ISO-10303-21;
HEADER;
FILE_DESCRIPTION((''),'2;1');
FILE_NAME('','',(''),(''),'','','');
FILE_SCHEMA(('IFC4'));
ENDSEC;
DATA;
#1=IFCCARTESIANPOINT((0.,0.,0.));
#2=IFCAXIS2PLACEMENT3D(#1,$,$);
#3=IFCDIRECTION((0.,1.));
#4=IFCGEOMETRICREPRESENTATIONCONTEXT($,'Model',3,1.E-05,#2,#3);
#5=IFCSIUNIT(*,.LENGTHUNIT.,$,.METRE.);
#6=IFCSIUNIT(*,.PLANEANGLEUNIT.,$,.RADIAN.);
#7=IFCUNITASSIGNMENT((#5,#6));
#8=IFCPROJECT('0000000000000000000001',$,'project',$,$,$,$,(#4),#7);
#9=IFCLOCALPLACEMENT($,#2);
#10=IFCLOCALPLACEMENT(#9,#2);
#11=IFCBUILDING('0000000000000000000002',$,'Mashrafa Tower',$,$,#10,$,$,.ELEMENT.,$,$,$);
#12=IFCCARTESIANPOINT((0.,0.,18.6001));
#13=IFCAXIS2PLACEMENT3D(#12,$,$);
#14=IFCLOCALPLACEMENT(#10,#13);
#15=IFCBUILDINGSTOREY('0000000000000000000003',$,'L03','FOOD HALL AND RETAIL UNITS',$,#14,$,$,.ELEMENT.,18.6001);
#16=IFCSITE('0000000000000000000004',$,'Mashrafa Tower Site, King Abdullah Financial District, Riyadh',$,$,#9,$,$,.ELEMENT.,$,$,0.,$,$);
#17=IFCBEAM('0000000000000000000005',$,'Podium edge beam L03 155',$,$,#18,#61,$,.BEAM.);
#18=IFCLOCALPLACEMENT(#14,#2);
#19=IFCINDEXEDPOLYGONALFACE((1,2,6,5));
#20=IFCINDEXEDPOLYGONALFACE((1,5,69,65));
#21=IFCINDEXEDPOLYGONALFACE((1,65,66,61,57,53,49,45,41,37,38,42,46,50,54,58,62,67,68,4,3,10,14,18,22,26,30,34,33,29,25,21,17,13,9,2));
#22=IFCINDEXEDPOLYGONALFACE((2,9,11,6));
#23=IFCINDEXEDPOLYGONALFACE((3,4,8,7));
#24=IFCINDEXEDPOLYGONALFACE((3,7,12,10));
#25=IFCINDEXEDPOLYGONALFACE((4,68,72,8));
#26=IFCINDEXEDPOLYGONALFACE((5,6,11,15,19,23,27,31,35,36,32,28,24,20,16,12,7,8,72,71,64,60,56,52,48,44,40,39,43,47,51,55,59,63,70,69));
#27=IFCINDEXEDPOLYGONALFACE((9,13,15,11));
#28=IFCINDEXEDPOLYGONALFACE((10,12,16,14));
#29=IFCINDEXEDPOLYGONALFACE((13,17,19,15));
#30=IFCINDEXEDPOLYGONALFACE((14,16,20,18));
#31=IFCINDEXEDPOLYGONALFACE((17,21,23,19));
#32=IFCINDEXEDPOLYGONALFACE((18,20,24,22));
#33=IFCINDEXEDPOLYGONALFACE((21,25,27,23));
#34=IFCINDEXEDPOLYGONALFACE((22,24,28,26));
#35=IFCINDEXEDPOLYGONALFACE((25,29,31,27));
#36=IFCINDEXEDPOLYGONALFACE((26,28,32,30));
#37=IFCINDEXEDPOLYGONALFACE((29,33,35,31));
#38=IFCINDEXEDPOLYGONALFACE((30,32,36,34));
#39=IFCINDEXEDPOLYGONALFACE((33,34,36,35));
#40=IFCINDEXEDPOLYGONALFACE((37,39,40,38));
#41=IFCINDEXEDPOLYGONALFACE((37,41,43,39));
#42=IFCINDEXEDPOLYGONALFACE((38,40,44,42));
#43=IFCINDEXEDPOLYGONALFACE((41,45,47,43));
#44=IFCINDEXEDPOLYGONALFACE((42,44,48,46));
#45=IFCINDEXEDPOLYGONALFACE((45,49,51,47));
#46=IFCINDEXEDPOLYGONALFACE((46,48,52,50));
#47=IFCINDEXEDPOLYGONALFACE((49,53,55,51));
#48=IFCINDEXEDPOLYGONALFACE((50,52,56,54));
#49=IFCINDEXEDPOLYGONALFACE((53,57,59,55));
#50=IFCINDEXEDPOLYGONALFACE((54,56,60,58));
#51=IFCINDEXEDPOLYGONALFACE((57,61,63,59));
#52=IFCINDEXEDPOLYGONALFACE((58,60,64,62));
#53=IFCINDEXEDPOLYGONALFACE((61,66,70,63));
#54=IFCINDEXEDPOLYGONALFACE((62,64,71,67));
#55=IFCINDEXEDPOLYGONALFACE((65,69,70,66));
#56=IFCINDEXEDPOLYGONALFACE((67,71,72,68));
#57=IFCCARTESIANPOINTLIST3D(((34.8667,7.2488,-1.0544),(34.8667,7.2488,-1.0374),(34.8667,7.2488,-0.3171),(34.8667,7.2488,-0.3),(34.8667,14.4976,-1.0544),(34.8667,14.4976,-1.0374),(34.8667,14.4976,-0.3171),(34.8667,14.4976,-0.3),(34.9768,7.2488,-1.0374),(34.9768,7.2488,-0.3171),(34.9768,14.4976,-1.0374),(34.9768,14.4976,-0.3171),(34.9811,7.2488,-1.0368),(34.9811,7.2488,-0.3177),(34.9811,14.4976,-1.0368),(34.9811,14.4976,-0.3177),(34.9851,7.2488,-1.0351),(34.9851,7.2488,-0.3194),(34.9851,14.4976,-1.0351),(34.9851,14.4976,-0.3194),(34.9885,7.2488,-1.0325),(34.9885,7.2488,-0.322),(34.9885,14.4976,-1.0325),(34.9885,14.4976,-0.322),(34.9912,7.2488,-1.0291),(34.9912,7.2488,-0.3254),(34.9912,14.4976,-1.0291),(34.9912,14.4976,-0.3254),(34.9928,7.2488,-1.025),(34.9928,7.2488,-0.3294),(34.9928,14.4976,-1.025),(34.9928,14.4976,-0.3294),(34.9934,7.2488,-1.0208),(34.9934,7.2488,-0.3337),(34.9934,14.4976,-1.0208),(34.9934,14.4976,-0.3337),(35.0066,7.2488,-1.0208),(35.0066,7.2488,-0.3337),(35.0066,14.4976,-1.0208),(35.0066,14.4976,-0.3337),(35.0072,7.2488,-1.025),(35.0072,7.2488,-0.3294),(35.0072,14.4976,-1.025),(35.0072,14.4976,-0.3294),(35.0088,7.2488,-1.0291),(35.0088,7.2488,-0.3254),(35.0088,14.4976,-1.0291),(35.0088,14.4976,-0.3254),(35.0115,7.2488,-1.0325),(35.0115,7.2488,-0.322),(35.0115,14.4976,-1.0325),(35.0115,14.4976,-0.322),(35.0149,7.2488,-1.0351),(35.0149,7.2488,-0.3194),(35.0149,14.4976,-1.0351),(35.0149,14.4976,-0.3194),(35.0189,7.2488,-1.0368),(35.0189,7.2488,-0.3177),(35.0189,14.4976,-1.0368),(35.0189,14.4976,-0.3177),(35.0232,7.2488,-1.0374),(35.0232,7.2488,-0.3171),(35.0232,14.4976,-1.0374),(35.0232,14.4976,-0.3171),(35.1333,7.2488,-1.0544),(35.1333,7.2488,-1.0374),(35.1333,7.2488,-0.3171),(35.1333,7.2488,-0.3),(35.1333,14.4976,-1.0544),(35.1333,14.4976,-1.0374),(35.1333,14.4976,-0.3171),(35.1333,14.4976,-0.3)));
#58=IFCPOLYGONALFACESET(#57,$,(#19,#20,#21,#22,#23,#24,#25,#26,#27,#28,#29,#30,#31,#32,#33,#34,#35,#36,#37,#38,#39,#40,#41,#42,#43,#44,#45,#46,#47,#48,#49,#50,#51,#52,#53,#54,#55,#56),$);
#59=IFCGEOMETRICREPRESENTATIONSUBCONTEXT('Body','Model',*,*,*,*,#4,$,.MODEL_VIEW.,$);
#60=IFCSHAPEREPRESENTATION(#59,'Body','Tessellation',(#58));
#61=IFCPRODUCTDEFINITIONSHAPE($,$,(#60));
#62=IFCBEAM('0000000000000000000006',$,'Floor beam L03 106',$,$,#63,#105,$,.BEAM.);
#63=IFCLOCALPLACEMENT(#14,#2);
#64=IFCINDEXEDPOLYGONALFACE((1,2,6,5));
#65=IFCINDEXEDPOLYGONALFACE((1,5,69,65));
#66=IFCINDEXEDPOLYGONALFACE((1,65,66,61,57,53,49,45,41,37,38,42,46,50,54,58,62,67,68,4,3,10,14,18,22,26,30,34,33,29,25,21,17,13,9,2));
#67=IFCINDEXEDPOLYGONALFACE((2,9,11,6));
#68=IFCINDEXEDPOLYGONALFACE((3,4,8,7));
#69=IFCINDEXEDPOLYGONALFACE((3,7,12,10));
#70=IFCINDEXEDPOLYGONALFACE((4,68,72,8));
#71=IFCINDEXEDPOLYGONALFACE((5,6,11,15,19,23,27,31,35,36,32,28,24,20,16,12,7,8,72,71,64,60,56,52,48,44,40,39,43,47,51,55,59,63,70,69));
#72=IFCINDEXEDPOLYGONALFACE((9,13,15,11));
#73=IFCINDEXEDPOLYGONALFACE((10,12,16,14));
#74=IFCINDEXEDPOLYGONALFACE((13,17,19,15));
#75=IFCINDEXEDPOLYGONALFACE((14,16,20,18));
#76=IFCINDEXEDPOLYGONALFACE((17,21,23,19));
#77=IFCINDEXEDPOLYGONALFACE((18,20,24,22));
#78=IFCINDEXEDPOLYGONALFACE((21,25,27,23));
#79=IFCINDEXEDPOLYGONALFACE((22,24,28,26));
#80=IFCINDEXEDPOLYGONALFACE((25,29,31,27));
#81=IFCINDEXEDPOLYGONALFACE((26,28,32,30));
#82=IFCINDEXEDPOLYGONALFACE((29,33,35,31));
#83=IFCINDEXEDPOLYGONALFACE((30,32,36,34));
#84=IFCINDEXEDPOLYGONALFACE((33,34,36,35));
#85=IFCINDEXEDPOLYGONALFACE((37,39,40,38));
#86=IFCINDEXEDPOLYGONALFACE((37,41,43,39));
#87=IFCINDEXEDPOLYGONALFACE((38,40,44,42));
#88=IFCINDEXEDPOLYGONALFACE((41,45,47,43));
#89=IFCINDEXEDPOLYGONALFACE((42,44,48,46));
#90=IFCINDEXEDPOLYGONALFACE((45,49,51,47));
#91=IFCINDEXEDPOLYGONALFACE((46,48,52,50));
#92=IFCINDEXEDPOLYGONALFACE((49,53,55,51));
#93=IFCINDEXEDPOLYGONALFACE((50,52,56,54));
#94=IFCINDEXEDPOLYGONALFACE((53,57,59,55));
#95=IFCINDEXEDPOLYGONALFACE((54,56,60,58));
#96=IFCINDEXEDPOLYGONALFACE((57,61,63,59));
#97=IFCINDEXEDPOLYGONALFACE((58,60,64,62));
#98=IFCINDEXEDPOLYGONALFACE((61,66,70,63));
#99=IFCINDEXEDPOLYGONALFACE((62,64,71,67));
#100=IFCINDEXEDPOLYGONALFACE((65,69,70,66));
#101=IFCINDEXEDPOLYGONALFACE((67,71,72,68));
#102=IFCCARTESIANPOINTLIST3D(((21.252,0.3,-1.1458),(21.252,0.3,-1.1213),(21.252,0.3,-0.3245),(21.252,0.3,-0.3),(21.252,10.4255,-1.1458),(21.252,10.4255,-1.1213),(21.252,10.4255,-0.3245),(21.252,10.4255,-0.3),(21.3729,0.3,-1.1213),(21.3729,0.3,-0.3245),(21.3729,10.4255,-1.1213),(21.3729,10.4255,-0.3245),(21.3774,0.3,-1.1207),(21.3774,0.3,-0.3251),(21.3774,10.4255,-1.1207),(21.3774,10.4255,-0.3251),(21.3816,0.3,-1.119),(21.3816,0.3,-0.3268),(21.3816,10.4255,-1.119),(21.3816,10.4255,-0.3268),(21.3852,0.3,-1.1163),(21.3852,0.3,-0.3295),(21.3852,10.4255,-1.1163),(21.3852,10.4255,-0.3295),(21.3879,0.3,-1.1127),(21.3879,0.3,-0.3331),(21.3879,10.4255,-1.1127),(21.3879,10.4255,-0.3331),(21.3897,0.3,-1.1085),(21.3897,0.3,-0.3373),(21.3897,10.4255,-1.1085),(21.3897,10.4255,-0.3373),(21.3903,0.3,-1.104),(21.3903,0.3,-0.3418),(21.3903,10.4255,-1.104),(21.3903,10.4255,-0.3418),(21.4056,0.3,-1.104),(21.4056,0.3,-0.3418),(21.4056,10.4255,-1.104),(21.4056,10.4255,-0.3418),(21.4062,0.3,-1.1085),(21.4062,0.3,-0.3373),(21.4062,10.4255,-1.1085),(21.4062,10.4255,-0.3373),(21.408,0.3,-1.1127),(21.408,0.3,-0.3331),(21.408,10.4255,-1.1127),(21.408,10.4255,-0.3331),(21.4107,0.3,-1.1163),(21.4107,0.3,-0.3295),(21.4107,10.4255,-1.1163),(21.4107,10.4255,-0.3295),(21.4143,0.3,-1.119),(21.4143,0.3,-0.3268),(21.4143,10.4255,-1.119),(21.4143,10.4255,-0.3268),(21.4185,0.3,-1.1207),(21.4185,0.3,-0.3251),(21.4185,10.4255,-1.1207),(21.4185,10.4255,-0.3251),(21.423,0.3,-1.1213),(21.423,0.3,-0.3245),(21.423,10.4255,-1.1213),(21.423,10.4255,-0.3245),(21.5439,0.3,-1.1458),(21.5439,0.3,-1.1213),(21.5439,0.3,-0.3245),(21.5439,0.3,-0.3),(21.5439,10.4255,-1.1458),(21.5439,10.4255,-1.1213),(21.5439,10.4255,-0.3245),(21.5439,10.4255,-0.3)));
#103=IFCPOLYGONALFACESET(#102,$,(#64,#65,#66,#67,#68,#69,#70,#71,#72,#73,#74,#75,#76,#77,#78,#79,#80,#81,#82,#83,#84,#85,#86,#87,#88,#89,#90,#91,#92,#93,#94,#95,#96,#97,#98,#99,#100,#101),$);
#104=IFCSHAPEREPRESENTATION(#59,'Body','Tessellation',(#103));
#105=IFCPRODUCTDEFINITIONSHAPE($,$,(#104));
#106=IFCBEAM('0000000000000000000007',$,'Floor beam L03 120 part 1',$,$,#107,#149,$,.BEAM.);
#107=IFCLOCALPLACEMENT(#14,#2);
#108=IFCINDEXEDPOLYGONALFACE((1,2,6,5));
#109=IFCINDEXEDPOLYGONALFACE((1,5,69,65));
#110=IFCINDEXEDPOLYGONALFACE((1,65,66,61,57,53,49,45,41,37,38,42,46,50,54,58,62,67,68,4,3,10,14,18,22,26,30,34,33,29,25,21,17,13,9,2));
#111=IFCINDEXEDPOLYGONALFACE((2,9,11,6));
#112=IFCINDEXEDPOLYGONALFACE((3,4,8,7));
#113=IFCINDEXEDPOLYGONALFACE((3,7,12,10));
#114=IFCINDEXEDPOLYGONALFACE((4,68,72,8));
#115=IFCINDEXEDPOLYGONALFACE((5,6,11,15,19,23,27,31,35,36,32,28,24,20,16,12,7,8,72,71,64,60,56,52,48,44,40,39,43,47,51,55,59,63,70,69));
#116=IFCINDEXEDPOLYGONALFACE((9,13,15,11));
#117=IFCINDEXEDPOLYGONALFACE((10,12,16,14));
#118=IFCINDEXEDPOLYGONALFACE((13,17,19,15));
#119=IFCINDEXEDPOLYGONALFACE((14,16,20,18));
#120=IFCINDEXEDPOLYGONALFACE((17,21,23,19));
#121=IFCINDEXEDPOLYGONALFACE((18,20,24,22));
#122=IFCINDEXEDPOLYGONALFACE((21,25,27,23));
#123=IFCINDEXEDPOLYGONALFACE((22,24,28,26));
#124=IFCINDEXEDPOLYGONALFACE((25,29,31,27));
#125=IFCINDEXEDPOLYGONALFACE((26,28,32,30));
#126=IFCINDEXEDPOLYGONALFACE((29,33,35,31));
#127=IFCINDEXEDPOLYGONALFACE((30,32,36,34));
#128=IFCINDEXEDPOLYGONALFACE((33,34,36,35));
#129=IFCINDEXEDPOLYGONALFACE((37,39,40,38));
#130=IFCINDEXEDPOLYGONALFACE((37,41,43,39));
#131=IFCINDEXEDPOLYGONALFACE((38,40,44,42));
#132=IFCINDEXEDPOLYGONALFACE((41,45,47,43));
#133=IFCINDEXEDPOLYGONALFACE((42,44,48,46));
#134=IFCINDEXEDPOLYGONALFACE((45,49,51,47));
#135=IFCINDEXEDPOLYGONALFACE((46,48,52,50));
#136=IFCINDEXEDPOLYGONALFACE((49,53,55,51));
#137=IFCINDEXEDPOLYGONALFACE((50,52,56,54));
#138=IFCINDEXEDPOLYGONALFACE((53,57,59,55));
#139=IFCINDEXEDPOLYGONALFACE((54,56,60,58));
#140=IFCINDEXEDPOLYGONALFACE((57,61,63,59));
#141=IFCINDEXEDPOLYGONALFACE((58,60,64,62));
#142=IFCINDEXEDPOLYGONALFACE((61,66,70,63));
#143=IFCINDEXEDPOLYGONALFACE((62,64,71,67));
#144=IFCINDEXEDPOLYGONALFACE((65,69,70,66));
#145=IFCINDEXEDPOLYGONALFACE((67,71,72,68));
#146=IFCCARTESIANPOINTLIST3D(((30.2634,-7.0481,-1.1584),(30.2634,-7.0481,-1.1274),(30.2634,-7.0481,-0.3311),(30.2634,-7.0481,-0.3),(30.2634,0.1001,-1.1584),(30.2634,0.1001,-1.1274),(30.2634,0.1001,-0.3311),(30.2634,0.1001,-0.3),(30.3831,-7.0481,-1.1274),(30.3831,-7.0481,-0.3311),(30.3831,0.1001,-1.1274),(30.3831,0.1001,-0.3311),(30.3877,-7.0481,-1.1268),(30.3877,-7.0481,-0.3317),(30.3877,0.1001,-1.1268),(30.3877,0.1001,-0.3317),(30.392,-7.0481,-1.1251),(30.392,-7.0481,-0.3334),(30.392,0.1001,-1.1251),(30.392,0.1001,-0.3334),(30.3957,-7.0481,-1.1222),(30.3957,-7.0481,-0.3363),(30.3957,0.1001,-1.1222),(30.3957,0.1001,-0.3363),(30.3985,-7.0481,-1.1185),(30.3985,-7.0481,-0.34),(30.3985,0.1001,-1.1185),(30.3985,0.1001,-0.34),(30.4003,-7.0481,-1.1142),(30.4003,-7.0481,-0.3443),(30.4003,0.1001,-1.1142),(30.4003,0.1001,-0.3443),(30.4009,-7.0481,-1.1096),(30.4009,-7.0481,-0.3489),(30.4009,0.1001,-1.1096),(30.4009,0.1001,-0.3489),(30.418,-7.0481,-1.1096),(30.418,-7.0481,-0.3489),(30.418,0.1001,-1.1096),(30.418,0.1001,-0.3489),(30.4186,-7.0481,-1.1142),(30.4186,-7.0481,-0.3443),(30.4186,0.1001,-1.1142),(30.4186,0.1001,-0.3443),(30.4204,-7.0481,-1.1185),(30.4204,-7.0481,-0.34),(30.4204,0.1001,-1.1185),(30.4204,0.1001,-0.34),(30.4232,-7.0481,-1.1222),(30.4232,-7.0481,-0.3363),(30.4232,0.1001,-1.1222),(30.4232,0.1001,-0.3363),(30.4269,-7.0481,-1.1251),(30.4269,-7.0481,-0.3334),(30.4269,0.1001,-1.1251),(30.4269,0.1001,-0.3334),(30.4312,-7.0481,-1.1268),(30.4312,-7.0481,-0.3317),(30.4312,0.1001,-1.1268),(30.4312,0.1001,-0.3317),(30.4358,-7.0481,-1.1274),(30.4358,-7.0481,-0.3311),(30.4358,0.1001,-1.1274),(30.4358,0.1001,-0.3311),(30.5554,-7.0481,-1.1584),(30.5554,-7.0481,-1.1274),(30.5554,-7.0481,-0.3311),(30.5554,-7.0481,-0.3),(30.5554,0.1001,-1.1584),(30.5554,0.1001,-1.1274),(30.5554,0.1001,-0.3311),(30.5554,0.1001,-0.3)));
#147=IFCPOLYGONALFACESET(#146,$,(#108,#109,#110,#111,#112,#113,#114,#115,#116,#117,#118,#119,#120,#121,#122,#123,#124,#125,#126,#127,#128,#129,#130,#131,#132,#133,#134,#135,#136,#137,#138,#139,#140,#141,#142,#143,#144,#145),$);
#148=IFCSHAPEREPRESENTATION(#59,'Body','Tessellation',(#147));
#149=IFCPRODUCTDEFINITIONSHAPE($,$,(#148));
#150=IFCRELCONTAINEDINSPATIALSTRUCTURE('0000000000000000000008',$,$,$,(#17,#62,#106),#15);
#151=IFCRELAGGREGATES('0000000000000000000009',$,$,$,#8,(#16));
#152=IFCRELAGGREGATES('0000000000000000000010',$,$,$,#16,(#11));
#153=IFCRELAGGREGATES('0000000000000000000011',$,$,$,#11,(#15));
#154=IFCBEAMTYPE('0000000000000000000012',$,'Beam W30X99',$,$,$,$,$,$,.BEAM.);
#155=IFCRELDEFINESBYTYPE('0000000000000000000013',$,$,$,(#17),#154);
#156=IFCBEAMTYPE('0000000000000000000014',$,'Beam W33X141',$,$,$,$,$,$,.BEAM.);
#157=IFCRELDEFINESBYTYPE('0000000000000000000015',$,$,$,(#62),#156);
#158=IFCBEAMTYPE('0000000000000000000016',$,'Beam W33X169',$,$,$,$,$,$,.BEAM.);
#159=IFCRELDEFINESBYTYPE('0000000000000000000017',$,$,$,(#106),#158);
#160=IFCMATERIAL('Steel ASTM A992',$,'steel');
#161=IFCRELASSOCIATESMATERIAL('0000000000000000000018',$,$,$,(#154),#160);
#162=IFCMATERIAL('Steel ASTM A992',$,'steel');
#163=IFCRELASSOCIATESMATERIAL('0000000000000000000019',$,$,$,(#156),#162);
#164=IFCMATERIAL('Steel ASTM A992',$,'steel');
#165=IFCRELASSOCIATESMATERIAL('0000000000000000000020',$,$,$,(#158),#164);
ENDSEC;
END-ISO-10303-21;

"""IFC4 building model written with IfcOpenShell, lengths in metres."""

from ifc_helpers import new_model, si_unit, direction, frame, origin, origin_2d, place, context, subcontext, project, spatial, i_section, extrude, material, material_profile, profile_set, type_object, element, save


model = new_model("IFC4")

# Units and contexts
model_context = context("Model", 3, precision=1e-05, world=origin(), true_north=direction((0.0, 1.0)))
body_context = subcontext(model_context, "Body", "Model", "MODEL_VIEW")
ifc_project = project(units=[si_unit("LENGTHUNIT", "METRE"), si_unit("PLANEANGLEUNIT", "RADIAN")], contexts=[model_context])

# Site, building, storey
site_placement = place(None, origin())
site = spatial("IfcSite", under=ifc_project, at=site_placement, Name="Mashrafa Tower Site, King Abdullah Financial District, Riyadh", CompositionType="ELEMENT", RefElevation=0.0)
building_placement = place(site_placement, origin())
building = spatial("IfcBuilding", under=site, at=building_placement, Name="Mashrafa Tower", CompositionType="ELEMENT")
storey_placement = place(building_placement, frame((0.0, 0.0, 18.6001)))
storey = spatial("IfcBuildingStorey", under=building, at=storey_placement, Name="L03", Description="FOOD HALL AND RETAIL UNITS", CompositionType="ELEMENT", Elevation=18.6001)

# Beams
ifc_material_1 = material(Name="Steel ASTM A992", Category="steel")
ifc_material_profile_1 = material_profile(ifc_material_1, i_section(OverallWidth=0.2666, OverallDepth=0.7544, WebThickness=0.0132, FlangeThickness=0.0171, FilletRadius=0.0166, at=origin_2d()), Name="W30X99")
ifc_profile_set_1 = profile_set([ifc_material_profile_1], Name="Steel ASTM A992")
beam_type_1 = type_object("IfcBeamType", Name="Beam W30X99", PredefinedType="BEAM", material=ifc_profile_set_1)
beam_1_placement = place(storey_placement, frame((35.0, 7.2488, -0.6772), z_axis=(0.0, 1.0, 0.0), x_axis=(-1.0, 0.0, 0.0)))
element("IfcBeam", 1, at=beam_1_placement, inside=storey, type_object=beam_type_1, Name="Podium edge beam L03 155", PredefinedType="BEAM", context=body_context, shape_type="SweptSolid", body=[
    extrude(i_section(OverallWidth=0.2666, OverallDepth=0.7544, WebThickness=0.0132, FlangeThickness=0.0171, FilletRadius=0.0166, at=origin_2d()), origin(), (0.0, 0.0, 1.0), 7.2488),
])
ifc_material_2 = material(Name="Steel ASTM A992", Category="steel")
ifc_material_profile_2 = material_profile(ifc_material_2, i_section(OverallWidth=0.292, OverallDepth=0.8457, WebThickness=0.0154, FlangeThickness=0.0244, FilletRadius=0.0173, at=origin_2d()), Name="W33X141")
ifc_profile_set_2 = profile_set([ifc_material_profile_2], Name="Steel ASTM A992")
beam_type_2 = type_object("IfcBeamType", Name="Beam W33X141", PredefinedType="BEAM", material=ifc_profile_set_2)
beam_2_placement = place(storey_placement, frame((21.3979, 10.4255, -0.7229), z_axis=(0.0, -1.0, 0.0), x_axis=(1.0, 0.0, 0.0)))
element("IfcBeam", 2, at=beam_2_placement, inside=storey, type_object=beam_type_2, Name="Floor beam L03 106", PredefinedType="BEAM", context=body_context, shape_type="SweptSolid", body=[
    extrude(i_section(OverallWidth=0.292, OverallDepth=0.8457, WebThickness=0.0154, FlangeThickness=0.0244, FilletRadius=0.0173, at=origin_2d()), origin(), (0.0, 0.0, 1.0), 10.1255),
])
ifc_material_3 = material(Name="Steel ASTM A992", Category="steel")
ifc_material_profile_3 = material_profile(ifc_material_3, i_section(OverallWidth=0.292, OverallDepth=0.8584, WebThickness=0.0171, FlangeThickness=0.031, FilletRadius=0.0178, at=origin_2d()), Name="W33X169")
ifc_profile_set_3 = profile_set([ifc_material_profile_3], Name="Steel ASTM A992")
beam_type_3 = type_object("IfcBeamType", Name="Beam W33X169", PredefinedType="BEAM", material=ifc_profile_set_3)
beam_3_placement = place(storey_placement, frame((30.4094, 0.1001, -0.7292), z_axis=(0.0, -1.0, 0.0), x_axis=(1.0, 0.0, 0.0)))
element("IfcBeam", 3, at=beam_3_placement, inside=storey, type_object=beam_type_3, Name="Floor beam L03 120 part 1", PredefinedType="BEAM", context=body_context, shape_type="SweptSolid", body=[
    extrude(i_section(OverallWidth=0.292, OverallDepth=0.8584, WebThickness=0.0171, FlangeThickness=0.031, FilletRadius=0.0178, at=origin_2d()), origin(), (0.0, 0.0, 1.0), 7.1482),
])

save(model, "model.ifc")
